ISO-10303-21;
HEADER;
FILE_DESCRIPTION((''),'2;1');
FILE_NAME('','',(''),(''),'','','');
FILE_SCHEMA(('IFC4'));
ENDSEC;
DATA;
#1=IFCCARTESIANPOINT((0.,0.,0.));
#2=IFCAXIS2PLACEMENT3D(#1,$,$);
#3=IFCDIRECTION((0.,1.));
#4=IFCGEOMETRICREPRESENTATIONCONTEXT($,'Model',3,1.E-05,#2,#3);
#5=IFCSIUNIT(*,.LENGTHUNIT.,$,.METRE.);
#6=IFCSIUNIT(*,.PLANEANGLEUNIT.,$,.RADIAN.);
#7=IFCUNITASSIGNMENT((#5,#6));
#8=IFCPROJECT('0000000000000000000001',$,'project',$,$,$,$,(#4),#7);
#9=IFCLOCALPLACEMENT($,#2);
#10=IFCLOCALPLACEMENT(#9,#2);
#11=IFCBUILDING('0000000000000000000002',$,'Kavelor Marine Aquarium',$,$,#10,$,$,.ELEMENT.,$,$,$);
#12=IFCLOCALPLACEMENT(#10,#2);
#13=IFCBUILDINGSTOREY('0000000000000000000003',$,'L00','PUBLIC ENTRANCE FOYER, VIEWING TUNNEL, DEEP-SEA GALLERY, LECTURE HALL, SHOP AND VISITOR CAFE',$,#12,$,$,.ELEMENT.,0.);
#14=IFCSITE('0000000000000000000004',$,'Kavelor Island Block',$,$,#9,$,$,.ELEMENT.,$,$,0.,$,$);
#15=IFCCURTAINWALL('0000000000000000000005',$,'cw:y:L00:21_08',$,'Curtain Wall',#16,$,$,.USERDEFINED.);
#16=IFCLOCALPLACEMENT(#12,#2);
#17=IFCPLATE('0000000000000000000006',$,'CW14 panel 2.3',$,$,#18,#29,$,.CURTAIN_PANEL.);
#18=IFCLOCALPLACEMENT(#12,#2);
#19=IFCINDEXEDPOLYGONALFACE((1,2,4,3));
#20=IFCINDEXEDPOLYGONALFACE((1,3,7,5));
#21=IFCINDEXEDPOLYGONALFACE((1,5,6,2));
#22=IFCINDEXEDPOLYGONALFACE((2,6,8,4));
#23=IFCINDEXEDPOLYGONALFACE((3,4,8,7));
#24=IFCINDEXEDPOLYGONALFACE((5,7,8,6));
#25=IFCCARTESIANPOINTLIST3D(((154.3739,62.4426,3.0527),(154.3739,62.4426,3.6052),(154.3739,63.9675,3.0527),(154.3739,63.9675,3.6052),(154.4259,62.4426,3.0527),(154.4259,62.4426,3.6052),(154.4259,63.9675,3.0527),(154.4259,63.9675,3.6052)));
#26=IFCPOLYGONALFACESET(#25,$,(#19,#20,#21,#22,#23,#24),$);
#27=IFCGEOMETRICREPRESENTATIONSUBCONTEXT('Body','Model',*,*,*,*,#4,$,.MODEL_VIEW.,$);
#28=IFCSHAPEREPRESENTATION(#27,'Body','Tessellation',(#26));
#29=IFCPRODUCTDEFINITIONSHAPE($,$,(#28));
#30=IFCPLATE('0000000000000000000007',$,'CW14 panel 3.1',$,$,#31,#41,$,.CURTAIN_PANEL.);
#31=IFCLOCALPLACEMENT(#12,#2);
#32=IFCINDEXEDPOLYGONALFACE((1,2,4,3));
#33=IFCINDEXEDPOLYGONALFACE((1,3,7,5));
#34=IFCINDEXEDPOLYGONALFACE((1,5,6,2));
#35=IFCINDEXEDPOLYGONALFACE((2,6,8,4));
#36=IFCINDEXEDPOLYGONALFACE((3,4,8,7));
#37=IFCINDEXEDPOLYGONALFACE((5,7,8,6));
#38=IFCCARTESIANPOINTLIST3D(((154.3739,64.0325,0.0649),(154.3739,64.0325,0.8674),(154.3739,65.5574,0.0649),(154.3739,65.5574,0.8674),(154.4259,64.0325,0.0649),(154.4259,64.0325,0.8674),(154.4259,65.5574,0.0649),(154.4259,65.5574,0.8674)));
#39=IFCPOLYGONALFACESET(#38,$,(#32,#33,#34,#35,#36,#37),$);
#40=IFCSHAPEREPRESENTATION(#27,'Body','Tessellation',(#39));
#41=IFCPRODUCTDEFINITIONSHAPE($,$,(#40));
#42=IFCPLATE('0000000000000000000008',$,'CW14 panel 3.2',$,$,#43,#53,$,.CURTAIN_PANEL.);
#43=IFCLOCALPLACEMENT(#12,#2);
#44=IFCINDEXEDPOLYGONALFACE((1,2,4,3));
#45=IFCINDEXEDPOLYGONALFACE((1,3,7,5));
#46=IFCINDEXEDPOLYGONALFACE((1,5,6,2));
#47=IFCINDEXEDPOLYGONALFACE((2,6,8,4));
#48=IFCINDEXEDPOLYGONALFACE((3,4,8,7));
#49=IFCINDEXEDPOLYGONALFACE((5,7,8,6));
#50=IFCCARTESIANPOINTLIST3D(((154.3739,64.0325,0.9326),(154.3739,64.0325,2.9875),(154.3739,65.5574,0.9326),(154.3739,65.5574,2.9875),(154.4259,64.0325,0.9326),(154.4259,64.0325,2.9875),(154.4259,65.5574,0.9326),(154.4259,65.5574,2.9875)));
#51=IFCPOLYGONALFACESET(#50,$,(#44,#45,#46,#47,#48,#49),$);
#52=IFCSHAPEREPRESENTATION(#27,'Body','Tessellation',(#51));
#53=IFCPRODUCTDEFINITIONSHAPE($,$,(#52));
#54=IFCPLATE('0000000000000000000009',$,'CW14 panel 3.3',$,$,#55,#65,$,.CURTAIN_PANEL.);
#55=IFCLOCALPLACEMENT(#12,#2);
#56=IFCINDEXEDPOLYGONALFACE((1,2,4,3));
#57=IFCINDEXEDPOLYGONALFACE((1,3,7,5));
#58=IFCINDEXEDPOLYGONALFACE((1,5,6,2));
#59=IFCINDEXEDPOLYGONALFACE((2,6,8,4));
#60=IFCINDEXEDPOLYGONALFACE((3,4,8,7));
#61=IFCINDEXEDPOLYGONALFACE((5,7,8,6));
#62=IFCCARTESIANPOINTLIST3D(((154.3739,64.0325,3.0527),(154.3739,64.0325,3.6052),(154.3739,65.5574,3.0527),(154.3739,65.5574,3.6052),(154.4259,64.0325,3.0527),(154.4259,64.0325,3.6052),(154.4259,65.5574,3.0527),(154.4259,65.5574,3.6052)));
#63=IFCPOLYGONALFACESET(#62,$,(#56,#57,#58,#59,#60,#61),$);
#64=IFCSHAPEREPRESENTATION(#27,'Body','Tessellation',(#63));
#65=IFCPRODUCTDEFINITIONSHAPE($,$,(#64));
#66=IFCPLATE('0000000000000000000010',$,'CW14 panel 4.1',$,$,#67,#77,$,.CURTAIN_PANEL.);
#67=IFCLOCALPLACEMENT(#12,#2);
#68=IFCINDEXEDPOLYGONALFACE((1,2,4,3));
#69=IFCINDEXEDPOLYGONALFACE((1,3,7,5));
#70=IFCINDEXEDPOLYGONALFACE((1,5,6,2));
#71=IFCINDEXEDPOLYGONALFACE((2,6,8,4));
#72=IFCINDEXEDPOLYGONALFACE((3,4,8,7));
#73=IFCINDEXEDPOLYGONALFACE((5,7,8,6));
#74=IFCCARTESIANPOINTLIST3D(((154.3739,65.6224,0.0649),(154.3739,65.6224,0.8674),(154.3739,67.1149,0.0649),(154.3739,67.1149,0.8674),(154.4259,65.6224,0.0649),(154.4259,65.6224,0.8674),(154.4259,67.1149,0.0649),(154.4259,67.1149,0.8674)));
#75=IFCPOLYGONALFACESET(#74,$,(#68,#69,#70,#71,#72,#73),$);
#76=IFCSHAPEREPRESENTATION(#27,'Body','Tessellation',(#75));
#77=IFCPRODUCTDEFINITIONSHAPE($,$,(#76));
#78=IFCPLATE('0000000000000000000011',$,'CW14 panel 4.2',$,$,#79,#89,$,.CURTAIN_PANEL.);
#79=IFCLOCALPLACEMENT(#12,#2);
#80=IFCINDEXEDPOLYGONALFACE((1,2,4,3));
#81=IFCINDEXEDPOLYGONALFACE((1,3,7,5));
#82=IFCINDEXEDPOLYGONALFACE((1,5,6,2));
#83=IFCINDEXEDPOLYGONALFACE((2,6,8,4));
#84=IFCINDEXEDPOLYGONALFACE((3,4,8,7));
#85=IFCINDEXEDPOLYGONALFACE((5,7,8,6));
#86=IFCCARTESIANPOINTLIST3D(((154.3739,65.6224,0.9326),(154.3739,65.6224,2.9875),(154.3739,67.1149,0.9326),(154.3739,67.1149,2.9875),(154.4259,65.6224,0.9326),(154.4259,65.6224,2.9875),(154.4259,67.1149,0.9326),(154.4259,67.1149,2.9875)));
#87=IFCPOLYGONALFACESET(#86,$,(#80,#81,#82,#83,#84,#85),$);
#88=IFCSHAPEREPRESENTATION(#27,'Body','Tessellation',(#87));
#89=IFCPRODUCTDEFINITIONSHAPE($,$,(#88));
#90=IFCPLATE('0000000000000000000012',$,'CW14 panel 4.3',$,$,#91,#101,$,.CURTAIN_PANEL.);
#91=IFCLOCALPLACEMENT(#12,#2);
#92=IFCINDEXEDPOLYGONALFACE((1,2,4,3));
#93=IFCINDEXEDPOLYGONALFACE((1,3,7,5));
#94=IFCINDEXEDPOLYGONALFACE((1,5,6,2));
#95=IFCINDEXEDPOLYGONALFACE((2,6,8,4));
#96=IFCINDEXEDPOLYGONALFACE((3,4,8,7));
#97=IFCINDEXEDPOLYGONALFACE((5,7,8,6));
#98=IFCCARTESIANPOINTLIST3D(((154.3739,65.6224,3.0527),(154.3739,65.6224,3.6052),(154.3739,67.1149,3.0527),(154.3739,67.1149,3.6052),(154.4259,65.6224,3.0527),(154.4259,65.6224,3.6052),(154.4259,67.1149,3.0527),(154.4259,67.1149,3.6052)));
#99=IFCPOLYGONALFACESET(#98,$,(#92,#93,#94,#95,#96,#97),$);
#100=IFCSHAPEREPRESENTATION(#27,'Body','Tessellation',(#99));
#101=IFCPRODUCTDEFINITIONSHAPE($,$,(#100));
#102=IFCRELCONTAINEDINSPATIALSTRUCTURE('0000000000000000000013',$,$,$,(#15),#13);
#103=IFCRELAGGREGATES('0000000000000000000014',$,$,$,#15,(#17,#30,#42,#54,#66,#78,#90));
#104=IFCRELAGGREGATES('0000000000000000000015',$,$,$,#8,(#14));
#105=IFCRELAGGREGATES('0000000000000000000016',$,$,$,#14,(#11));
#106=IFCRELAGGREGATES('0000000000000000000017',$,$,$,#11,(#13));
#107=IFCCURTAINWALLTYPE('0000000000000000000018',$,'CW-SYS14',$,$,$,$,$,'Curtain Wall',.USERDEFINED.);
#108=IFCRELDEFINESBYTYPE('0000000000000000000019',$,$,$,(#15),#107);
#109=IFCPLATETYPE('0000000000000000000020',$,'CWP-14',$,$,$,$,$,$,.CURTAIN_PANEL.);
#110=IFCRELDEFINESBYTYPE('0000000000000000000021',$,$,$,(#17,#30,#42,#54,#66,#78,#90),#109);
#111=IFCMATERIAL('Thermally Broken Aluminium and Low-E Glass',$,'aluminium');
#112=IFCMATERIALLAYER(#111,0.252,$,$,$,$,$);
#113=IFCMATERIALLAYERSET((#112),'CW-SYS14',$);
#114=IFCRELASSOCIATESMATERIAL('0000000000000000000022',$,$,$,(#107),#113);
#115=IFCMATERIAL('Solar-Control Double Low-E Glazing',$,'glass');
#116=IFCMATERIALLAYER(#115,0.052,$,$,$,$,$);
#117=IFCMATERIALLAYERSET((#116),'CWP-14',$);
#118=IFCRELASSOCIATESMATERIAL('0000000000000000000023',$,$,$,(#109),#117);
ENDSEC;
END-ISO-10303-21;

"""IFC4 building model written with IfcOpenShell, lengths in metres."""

from ifc_helpers import new_model, si_unit, direction, frame, origin, origin_2d, place, context, subcontext, project, spatial, rectangle, extrude, material, layer, layer_set, type_object, element, aggregate, save


model = new_model("IFC4")

# Units and contexts
model_context = context("Model", 3, precision=1e-05, world=origin(), true_north=direction((0.0, 1.0)))
body_context = subcontext(model_context, "Body", "Model", "MODEL_VIEW")
ifc_project = project(units=[si_unit("LENGTHUNIT", "METRE"), si_unit("PLANEANGLEUNIT", "RADIAN")], contexts=[model_context])

# Site, building, storey
site_placement = place(None, origin())
site = spatial("IfcSite", under=ifc_project, at=site_placement, Name="Kavelor Island Block", CompositionType="ELEMENT", RefElevation=0.0)
building_placement = place(site_placement, origin())
building = spatial("IfcBuilding", under=site, at=building_placement, Name="Kavelor Marine Aquarium", CompositionType="ELEMENT")
storey_placement = place(building_placement, origin())
storey = spatial("IfcBuildingStorey", under=building, at=storey_placement, Name="L00", Description="PUBLIC ENTRANCE FOYER, VIEWING TUNNEL, DEEP-SEA GALLERY, LECTURE HALL, SHOP AND VISITOR CAFE", CompositionType="ELEMENT", Elevation=0.0)

# Curtain wall, plates
ifc_material_1 = material(Name="Thermally Broken Aluminium and Low-E Glass", Category="aluminium")
ifc_layer_1 = layer(ifc_material_1, 0.252)
ifc_layer_set_1 = layer_set([ifc_layer_1], Name="CW-SYS14")
curtain_wall_type = type_object("IfcCurtainWallType", Name="CW-SYS14", ElementType="Curtain Wall", PredefinedType="USERDEFINED", material=ifc_layer_set_1)
curtain_wall_placement = place(storey_placement, origin())
curtain_wall = element("IfcCurtainWall", 1, at=curtain_wall_placement, inside=storey, type_object=curtain_wall_type, Name="cw:y:L00:21_08", ObjectType="Curtain Wall", PredefinedType="USERDEFINED")
ifc_material_2 = material(Name="Solar-Control Double Low-E Glazing", Category="glass")
ifc_layer_2 = layer(ifc_material_2, 0.052)
ifc_layer_set_2 = layer_set([ifc_layer_2], Name="CWP-14")
plate_type = type_object("IfcPlateType", Name="CWP-14", PredefinedType="CURTAIN_PANEL", material=ifc_layer_set_2)
plate_1_placement = place(storey_placement, frame((154.3999, 63.2051, 3.0527), z_axis=(0.0, 0.0, 1.0), x_axis=(0.0, 1.0, 0.0)))
plate_1 = element("IfcPlate", 2, at=plate_1_placement, type_object=plate_type, Name="CW14 panel 2.3", PredefinedType="CURTAIN_PANEL", context=body_context, shape_type="SweptSolid", body=[
    extrude(rectangle(XDim=1.5249, YDim=0.052, at=origin_2d()), origin(), (0.0, 0.0, 1.0), 0.5525),
])
plate_2_placement = place(storey_placement, frame((154.3999, 64.7949, 0.0649), z_axis=(0.0, 0.0, 1.0), x_axis=(0.0, 1.0, 0.0)))
plate_2 = element("IfcPlate", 3, at=plate_2_placement, type_object=plate_type, Name="CW14 panel 3.1", PredefinedType="CURTAIN_PANEL", context=body_context, shape_type="SweptSolid", body=[
    extrude(rectangle(XDim=1.5249, YDim=0.052, at=origin_2d()), origin(), (0.0, 0.0, 1.0), 0.8025),
])
plate_3_placement = place(storey_placement, frame((154.3999, 64.7949, 0.9326), z_axis=(0.0, 0.0, 1.0), x_axis=(0.0, 1.0, 0.0)))
plate_3 = element("IfcPlate", 4, at=plate_3_placement, type_object=plate_type, Name="CW14 panel 3.2", PredefinedType="CURTAIN_PANEL", context=body_context, shape_type="SweptSolid", body=[
    extrude(rectangle(XDim=1.5249, YDim=0.052, at=origin_2d()), origin(), (0.0, 0.0, 1.0), 2.0549),
])
plate_4_placement = place(storey_placement, frame((154.3999, 64.7949, 3.0527), z_axis=(0.0, 0.0, 1.0), x_axis=(0.0, 1.0, 0.0)))
plate_4 = element("IfcPlate", 5, at=plate_4_placement, type_object=plate_type, Name="CW14 panel 3.3", PredefinedType="CURTAIN_PANEL", context=body_context, shape_type="SweptSolid", body=[
    extrude(rectangle(XDim=1.5249, YDim=0.052, at=origin_2d()), origin(), (0.0, 0.0, 1.0), 0.5525),
])
plate_5_placement = place(storey_placement, frame((154.3999, 66.3687, 0.0649), z_axis=(0.0, 0.0, 1.0), x_axis=(0.0, 1.0, 0.0)))
plate_5 = element("IfcPlate", 6, at=plate_5_placement, type_object=plate_type, Name="CW14 panel 4.1", PredefinedType="CURTAIN_PANEL", context=body_context, shape_type="SweptSolid", body=[
    extrude(rectangle(XDim=1.4924, YDim=0.052, at=origin_2d()), origin(), (0.0, 0.0, 1.0), 0.8025),
])
plate_6_placement = place(storey_placement, frame((154.3999, 66.3687, 0.9326), z_axis=(0.0, 0.0, 1.0), x_axis=(0.0, 1.0, 0.0)))
plate_6 = element("IfcPlate", 7, at=plate_6_placement, type_object=plate_type, Name="CW14 panel 4.2", PredefinedType="CURTAIN_PANEL", context=body_context, shape_type="SweptSolid", body=[
    extrude(rectangle(XDim=1.4924, YDim=0.052, at=origin_2d()), origin(), (0.0, 0.0, 1.0), 2.0549),
])
plate_7_placement = place(storey_placement, frame((154.3999, 66.3687, 3.0527), z_axis=(0.0, 0.0, 1.0), x_axis=(0.0, 1.0, 0.0)))
plate_7 = element("IfcPlate", 8, at=plate_7_placement, type_object=plate_type, Name="CW14 panel 4.3", PredefinedType="CURTAIN_PANEL", context=body_context, shape_type="SweptSolid", body=[
    extrude(rectangle(XDim=1.4924, YDim=0.052, at=origin_2d()), origin(), (0.0, 0.0, 1.0), 0.5525),
])
aggregate(curtain_wall, [plate_1, plate_2, plate_3, plate_4, plate_5, plate_6, plate_7])

save(model, "model.ifc")
